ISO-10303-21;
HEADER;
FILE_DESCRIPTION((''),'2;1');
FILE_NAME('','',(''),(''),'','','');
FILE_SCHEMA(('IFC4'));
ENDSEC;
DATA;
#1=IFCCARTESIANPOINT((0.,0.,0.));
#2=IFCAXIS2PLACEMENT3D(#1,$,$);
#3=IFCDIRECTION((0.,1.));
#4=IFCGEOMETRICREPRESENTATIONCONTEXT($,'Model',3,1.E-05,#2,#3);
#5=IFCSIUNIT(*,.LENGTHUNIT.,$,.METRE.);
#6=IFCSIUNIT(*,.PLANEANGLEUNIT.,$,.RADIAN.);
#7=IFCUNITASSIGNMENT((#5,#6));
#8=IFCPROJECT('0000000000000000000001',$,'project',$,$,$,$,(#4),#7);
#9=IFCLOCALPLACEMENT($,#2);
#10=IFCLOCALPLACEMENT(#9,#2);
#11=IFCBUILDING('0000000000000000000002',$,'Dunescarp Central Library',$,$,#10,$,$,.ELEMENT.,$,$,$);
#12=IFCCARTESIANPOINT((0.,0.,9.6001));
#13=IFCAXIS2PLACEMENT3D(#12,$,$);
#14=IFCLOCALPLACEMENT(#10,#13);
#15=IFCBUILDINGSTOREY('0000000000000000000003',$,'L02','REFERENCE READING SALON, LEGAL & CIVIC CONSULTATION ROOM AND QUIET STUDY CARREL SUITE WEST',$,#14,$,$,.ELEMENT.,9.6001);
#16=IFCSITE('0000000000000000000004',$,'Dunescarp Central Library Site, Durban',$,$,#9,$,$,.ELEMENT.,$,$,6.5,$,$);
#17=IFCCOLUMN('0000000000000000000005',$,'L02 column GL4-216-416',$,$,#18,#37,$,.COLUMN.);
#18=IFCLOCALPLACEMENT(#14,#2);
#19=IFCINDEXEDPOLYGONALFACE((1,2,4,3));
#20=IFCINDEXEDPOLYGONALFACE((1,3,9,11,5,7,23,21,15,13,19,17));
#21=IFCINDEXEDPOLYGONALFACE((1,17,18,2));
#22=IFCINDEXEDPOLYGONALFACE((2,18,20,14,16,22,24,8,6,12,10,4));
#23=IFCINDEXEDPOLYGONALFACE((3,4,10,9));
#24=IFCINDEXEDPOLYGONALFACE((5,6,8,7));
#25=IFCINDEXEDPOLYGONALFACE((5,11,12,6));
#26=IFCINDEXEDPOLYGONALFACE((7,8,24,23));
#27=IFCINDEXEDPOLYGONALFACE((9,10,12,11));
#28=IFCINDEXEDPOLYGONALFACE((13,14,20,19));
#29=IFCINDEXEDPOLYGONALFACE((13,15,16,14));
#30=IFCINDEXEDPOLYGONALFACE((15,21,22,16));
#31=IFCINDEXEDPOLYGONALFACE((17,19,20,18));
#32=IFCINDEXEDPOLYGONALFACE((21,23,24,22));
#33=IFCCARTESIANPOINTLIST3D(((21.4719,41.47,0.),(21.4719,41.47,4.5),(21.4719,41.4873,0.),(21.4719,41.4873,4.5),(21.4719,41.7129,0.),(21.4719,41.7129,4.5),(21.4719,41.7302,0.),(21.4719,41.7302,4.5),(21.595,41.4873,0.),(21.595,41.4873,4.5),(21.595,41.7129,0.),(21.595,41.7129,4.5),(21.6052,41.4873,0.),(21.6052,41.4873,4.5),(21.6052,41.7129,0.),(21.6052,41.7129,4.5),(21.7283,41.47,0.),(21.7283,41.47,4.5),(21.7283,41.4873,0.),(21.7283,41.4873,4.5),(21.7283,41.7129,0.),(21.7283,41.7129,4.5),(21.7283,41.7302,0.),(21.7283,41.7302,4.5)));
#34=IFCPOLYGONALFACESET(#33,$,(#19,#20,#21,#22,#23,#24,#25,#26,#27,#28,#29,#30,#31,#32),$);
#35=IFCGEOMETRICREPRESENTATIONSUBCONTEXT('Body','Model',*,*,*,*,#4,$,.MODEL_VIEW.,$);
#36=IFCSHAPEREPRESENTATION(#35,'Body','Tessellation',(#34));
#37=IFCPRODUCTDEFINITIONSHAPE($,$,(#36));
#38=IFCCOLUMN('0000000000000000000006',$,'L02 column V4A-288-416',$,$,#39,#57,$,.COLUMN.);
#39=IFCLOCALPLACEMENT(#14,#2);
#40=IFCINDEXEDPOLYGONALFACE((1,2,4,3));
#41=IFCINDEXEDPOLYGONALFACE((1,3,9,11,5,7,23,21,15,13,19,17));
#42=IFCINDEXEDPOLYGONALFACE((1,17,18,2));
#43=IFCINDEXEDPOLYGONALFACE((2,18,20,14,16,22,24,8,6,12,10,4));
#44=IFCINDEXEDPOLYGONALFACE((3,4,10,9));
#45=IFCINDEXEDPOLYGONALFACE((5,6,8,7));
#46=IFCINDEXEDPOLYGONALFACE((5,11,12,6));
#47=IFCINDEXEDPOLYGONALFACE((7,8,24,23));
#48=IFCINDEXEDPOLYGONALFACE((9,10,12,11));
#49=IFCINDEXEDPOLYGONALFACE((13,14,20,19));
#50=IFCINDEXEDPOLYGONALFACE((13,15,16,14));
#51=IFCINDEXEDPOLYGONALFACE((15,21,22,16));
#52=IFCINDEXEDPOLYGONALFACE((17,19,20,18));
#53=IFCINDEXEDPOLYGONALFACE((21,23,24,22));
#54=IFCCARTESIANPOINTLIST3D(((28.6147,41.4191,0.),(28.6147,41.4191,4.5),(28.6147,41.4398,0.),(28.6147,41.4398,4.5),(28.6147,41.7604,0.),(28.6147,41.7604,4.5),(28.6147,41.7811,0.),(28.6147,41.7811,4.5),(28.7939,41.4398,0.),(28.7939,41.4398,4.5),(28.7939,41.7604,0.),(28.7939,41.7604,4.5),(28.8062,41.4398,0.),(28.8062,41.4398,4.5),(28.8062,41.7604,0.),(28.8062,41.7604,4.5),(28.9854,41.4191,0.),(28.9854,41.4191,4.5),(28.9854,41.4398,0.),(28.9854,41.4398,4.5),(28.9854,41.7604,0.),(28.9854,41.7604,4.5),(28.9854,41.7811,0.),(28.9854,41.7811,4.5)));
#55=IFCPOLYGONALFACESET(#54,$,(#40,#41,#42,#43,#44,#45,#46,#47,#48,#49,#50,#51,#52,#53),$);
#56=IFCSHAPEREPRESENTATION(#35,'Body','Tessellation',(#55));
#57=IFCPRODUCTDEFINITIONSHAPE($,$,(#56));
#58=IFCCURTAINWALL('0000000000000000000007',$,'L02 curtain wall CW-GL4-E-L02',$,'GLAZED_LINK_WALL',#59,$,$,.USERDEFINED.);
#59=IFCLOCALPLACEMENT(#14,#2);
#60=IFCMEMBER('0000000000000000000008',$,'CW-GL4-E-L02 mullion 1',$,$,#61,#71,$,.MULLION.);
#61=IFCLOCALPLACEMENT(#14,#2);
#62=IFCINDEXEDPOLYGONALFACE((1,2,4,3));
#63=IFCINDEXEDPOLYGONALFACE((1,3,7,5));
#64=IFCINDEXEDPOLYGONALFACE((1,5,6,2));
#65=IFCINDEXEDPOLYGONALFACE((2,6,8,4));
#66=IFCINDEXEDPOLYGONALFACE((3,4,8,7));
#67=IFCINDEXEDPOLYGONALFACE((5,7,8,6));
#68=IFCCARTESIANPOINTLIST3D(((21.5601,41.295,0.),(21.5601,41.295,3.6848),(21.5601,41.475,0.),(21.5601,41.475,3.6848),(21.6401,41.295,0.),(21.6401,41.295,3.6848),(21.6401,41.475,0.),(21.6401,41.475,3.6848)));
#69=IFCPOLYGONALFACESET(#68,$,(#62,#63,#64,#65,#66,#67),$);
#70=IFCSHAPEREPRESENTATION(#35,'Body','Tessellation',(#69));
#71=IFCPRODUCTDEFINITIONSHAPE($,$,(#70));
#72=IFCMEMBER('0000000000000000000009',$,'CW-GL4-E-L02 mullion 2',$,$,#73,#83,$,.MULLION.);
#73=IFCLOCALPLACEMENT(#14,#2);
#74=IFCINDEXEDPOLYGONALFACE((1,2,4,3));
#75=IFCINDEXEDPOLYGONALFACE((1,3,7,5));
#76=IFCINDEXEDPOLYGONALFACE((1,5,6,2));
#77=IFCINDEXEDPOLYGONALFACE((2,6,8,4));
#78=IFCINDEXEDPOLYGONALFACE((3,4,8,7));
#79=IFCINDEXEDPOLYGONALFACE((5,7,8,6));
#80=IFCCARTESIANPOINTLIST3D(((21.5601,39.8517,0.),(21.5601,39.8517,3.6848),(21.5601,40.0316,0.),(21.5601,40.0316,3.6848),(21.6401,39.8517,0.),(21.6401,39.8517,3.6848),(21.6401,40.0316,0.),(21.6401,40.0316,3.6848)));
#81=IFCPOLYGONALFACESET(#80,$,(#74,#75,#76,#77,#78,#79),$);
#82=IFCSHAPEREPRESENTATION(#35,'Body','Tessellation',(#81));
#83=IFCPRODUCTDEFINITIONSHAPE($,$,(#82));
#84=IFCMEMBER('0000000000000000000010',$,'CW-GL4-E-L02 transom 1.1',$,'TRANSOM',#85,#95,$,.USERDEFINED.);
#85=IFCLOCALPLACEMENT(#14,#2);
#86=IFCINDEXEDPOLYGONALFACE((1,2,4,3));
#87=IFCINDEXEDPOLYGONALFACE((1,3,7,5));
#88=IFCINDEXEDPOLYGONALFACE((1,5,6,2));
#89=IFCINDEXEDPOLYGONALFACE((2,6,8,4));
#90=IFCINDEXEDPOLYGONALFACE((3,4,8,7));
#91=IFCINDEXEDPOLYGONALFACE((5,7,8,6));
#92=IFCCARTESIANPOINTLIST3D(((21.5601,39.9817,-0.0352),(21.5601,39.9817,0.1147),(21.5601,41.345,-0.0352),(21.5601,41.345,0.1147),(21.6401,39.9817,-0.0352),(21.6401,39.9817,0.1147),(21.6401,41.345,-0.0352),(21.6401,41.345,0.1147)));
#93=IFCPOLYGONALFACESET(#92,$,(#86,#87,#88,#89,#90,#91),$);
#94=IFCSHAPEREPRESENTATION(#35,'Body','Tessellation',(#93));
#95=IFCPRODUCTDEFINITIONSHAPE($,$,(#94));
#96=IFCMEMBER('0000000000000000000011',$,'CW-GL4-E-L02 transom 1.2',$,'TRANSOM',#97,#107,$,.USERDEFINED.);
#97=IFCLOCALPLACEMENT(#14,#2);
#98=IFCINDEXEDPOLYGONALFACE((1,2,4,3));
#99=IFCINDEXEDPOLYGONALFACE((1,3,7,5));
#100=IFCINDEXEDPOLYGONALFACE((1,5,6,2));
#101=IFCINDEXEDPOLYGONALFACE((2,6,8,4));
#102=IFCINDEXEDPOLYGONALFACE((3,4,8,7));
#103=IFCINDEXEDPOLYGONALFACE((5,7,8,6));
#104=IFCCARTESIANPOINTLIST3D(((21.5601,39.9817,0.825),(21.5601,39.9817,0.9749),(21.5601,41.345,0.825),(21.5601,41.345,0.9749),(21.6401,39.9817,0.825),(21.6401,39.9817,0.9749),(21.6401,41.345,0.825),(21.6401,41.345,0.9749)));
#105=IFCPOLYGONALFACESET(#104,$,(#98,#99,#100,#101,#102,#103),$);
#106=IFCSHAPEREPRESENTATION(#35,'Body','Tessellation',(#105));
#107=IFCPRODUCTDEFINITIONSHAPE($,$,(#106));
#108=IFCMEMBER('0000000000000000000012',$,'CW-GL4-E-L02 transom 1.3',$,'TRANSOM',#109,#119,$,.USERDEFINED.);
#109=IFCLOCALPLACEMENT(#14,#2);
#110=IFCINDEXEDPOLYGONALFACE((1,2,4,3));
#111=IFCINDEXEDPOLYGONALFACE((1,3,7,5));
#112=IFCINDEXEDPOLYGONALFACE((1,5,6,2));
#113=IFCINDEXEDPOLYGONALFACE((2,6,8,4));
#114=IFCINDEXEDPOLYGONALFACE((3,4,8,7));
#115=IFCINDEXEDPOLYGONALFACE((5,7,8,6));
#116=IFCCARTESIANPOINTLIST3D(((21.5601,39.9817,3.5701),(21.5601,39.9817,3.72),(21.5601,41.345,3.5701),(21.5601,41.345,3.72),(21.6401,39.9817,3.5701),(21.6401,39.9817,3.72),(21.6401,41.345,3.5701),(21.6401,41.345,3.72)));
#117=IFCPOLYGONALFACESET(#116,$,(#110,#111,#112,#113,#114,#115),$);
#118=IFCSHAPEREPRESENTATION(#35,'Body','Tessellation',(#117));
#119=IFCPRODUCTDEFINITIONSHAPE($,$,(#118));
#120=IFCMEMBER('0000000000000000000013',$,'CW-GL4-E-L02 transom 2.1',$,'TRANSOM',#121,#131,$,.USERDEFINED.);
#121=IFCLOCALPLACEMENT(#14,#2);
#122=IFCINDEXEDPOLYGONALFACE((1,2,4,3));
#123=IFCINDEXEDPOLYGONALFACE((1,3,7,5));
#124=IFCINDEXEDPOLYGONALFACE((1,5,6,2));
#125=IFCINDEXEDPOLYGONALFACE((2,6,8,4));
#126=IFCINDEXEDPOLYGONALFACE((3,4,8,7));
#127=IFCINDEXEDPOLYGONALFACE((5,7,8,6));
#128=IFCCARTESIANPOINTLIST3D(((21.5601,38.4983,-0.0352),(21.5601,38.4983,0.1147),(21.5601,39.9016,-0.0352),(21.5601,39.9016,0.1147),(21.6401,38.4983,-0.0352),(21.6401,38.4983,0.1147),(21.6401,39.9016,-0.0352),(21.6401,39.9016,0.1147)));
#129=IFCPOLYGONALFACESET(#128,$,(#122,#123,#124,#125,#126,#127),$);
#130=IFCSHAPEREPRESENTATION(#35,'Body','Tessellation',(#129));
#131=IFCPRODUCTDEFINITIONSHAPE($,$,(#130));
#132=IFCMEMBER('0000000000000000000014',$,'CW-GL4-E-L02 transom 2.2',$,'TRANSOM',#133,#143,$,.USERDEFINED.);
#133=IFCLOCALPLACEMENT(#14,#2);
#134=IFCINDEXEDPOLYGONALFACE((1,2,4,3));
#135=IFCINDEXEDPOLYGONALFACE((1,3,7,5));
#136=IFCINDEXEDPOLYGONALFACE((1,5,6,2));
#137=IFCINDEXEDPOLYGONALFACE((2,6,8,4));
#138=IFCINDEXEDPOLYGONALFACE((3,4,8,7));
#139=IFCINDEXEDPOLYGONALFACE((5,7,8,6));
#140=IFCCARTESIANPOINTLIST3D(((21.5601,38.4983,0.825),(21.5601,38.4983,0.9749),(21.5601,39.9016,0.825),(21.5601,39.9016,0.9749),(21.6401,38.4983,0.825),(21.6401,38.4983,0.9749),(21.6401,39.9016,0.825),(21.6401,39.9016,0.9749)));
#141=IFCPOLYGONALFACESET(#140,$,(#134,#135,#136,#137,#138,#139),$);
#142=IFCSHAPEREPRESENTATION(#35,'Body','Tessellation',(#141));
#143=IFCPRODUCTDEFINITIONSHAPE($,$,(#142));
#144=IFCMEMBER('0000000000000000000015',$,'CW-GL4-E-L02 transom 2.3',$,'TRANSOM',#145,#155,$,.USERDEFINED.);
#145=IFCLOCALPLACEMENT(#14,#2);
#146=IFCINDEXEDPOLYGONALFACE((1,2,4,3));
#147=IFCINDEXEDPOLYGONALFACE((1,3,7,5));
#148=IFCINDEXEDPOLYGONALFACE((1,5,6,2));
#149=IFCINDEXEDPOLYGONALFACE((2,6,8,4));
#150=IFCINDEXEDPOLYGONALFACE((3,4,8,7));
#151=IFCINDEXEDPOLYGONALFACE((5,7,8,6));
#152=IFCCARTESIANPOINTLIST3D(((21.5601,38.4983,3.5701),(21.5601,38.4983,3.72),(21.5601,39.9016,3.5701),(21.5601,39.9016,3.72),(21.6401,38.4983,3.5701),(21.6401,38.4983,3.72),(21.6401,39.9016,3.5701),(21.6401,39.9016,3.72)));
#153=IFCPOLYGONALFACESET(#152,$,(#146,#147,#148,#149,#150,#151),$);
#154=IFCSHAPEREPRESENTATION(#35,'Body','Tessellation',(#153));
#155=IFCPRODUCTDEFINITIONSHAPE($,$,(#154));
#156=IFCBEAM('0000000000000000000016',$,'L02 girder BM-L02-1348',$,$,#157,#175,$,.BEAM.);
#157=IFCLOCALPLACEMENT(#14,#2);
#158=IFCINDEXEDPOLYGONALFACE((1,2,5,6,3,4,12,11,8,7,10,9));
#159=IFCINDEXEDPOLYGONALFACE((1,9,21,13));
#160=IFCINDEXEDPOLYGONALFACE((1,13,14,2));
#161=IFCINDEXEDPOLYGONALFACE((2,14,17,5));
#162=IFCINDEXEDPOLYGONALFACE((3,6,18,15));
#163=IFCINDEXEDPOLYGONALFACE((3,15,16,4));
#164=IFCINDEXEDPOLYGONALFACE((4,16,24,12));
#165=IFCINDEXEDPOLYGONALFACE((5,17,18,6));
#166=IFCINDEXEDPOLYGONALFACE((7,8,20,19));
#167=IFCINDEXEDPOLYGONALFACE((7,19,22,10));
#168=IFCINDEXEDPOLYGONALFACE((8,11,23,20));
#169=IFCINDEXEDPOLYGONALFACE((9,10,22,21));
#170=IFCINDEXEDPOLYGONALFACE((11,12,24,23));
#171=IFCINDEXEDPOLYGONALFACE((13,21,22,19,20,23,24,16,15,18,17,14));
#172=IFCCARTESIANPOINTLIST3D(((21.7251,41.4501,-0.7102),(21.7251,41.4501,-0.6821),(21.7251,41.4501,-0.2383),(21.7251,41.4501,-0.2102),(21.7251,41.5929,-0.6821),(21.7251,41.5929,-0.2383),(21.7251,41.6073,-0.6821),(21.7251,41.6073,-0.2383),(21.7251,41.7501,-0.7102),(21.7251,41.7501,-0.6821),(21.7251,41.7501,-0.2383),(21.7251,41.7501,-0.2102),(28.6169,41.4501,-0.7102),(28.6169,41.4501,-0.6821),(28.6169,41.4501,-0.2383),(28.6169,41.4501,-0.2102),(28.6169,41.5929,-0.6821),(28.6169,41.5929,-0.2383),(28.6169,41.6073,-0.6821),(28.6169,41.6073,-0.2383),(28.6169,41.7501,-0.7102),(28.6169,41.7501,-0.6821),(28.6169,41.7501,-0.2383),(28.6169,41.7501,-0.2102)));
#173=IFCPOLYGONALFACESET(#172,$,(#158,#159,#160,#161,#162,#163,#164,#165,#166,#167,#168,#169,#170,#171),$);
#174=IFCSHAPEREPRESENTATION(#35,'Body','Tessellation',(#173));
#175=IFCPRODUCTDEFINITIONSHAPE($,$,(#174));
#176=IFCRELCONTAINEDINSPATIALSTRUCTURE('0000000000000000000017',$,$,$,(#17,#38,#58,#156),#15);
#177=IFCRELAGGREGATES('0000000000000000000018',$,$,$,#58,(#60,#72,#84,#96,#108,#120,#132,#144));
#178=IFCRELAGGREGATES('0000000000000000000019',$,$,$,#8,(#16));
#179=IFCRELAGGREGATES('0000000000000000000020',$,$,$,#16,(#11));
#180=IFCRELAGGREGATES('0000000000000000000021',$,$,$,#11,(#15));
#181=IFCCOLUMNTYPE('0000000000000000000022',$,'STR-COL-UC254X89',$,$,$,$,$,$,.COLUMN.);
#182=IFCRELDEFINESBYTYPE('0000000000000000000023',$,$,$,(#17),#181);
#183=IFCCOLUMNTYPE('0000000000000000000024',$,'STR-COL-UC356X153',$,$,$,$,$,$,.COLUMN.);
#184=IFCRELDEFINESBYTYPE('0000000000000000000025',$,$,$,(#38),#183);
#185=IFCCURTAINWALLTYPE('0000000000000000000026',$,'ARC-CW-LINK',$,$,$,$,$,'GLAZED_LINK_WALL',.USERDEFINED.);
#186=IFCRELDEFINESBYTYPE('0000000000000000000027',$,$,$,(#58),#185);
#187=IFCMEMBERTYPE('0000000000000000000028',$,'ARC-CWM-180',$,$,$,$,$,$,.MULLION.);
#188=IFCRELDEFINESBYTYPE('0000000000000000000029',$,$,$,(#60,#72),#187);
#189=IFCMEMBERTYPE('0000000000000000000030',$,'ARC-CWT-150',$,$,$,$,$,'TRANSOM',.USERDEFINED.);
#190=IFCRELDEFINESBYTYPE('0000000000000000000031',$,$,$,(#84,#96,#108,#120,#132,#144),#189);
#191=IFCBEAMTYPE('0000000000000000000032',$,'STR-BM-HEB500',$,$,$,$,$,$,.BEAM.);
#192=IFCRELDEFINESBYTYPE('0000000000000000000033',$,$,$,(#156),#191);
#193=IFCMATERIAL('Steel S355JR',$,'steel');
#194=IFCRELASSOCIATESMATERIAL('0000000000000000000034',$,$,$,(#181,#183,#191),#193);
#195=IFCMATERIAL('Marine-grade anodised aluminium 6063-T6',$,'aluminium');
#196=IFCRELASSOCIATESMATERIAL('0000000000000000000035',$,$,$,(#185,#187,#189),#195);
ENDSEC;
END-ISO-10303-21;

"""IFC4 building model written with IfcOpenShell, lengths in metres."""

from ifc_helpers import new_model, si_unit, direction, frame, origin, origin_2d, place, context, subcontext, project, spatial, rectangle, i_section, extrude, material, material_profile, profile_set, type_object, element, aggregate, save


model = new_model("IFC4")

# Units and contexts
model_context = context("Model", 3, precision=1e-05, world=origin(), true_north=direction((0.0, 1.0)))
body_context = subcontext(model_context, "Body", "Model", "MODEL_VIEW")
ifc_project = project(units=[si_unit("LENGTHUNIT", "METRE"), si_unit("PLANEANGLEUNIT", "RADIAN")], contexts=[model_context])

# Site, building, storey
site_placement = place(None, origin())
site = spatial("IfcSite", under=ifc_project, at=site_placement, Name="Dunescarp Central Library Site, Durban", CompositionType="ELEMENT", RefElevation=6.5)
building_placement = place(site_placement, origin())
building = spatial("IfcBuilding", under=site, at=building_placement, Name="Dunescarp Central Library", CompositionType="ELEMENT")
storey_placement = place(building_placement, frame((0.0, 0.0, 9.6001)))
storey = spatial("IfcBuildingStorey", under=building, at=storey_placement, Name="L02", Description="REFERENCE READING SALON, LEGAL & CIVIC CONSULTATION ROOM AND QUIET STUDY CARREL SUITE WEST", CompositionType="ELEMENT", Elevation=9.6001)

# Columns
ifc_material_1 = material(Name="Steel S355JR", Category="steel")
ifc_material_profile_1 = material_profile(ifc_material_1, i_section(OverallWidth=0.2563, OverallDepth=0.2603, WebThickness=0.0103, FlangeThickness=0.0173, at=origin_2d()), Name="UC 254x254x89")
ifc_profile_set_1 = profile_set([ifc_material_profile_1], Name="Steel S355JR")
column_type_1 = type_object("IfcColumnType", Name="STR-COL-UC254X89", PredefinedType="COLUMN", material=ifc_profile_set_1)
column_1_placement = place(storey_placement, frame((21.6001, 41.6001, 0.0), z_axis=(0.0, 0.0, 1.0), x_axis=(1.0, 0.0, 0.0)))
element("IfcColumn", 1, at=column_1_placement, inside=storey, type_object=column_type_1, Name="L02 column GL4-216-416", PredefinedType="COLUMN", context=body_context, shape_type="SweptSolid", body=[
    extrude(i_section(OverallWidth=0.2563, OverallDepth=0.2603, WebThickness=0.0103, FlangeThickness=0.0173, at=origin_2d()), origin(), (0.0, 0.0, 1.0), 4.5),
])
ifc_material_profile_2 = material_profile(ifc_material_1, i_section(OverallWidth=0.3706, OverallDepth=0.3621, WebThickness=0.0122, FlangeThickness=0.0208, at=origin_2d()), Name="UC 356x368x153")
ifc_profile_set_2 = profile_set([ifc_material_profile_2], Name="Steel S355JR")
column_type_2 = type_object("IfcColumnType", Name="STR-COL-UC356X153", PredefinedType="COLUMN", material=ifc_profile_set_2)
column_2_placement = place(storey_placement, frame((28.8, 41.6001, 0.0), z_axis=(0.0, 0.0, 1.0), x_axis=(1.0, 0.0, 0.0)))
element("IfcColumn", 2, at=column_2_placement, inside=storey, type_object=column_type_2, Name="L02 column V4A-288-416", PredefinedType="COLUMN", context=body_context, shape_type="SweptSolid", body=[
    extrude(i_section(OverallWidth=0.3706, OverallDepth=0.3621, WebThickness=0.0122, FlangeThickness=0.0208, at=origin_2d()), origin(), (0.0, 0.0, 1.0), 4.5),
])

# Curtain wall, members
ifc_material_2 = material(Name="Marine-grade anodised aluminium 6063-T6", Category="aluminium")
curtain_wall_type = type_object("IfcCurtainWallType", Name="ARC-CW-LINK", ElementType="GLAZED_LINK_WALL", PredefinedType="USERDEFINED", material=ifc_material_2)
curtain_wall_placement = place(storey_placement, origin())
curtain_wall = element("IfcCurtainWall", 3, at=curtain_wall_placement, inside=storey, type_object=curtain_wall_type, Name="L02 curtain wall CW-GL4-E-L02", ObjectType="GLAZED_LINK_WALL", PredefinedType="USERDEFINED")
ifc_material_profile_3 = material_profile(ifc_material_2, rectangle(XDim=0.0801, YDim=0.1799, at=origin_2d()), Name="AL 80x180")
ifc_profile_set_3 = profile_set([ifc_material_profile_3], Name="Marine-grade anodised aluminium 6063-T6")
member_type_1 = type_object("IfcMemberType", Name="ARC-CWM-180", PredefinedType="MULLION", material=ifc_profile_set_3)
member_1_placement = place(storey_placement, frame((21.6001, 41.385, 0.0), z_axis=(0.0, 0.0, 1.0), x_axis=(1.0, 0.0, 0.0)))
member_1 = element("IfcMember", 4, at=member_1_placement, type_object=member_type_1, Name="CW-GL4-E-L02 mullion 1", PredefinedType="MULLION", context=body_context, shape_type="SweptSolid", body=[
    extrude(rectangle(XDim=0.0801, YDim=0.1799, at=origin_2d()), origin(), (0.0, 0.0, 1.0), 3.6848),
])
member_2_placement = place(storey_placement, frame((21.6001, 39.9417, 0.0), z_axis=(0.0, 0.0, 1.0), x_axis=(1.0, 0.0, 0.0)))
member_2 = element("IfcMember", 5, at=member_2_placement, type_object=member_type_1, Name="CW-GL4-E-L02 mullion 2", PredefinedType="MULLION", context=body_context, shape_type="SweptSolid", body=[
    extrude(rectangle(XDim=0.0801, YDim=0.1799, at=origin_2d()), origin(), (0.0, 0.0, 1.0), 3.6848),
])
ifc_material_profile_4 = material_profile(ifc_material_2, rectangle(XDim=0.0801, YDim=0.1499, at=origin_2d()), Name="AL 80x150")
ifc_profile_set_4 = profile_set([ifc_material_profile_4], Name="Marine-grade anodised aluminium 6063-T6")
member_type_2 = type_object("IfcMemberType", Name="ARC-CWT-150", ElementType="TRANSOM", PredefinedType="USERDEFINED", material=ifc_profile_set_4)
member_3_placement = place(storey_placement, frame((21.6001, 41.345, 0.0398), z_axis=(0.0, -1.0, 0.0), x_axis=(1.0, 0.0, 0.0)))
member_3 = element("IfcMember", 6, at=member_3_placement, type_object=member_type_2, Name="CW-GL4-E-L02 transom 1.1", ObjectType="TRANSOM", PredefinedType="USERDEFINED", context=body_context, shape_type="SweptSolid", body=[
    extrude(rectangle(XDim=0.0801, YDim=0.1499, at=origin_2d()), origin(), (0.0, 0.0, 1.0), 1.3633),
])
member_4_placement = place(storey_placement, frame((21.6001, 41.345, 0.8999), z_axis=(0.0, -1.0, 0.0), x_axis=(1.0, 0.0, 0.0)))
member_4 = element("IfcMember", 7, at=member_4_placement, type_object=member_type_2, Name="CW-GL4-E-L02 transom 1.2", ObjectType="TRANSOM", PredefinedType="USERDEFINED", context=body_context, shape_type="SweptSolid", body=[
    extrude(rectangle(XDim=0.0801, YDim=0.1499, at=origin_2d()), origin(), (0.0, 0.0, 1.0), 1.3633),
])
member_5_placement = place(storey_placement, frame((21.6001, 41.345, 3.645), z_axis=(0.0, -1.0, 0.0), x_axis=(1.0, 0.0, 0.0)))
member_5 = element("IfcMember", 8, at=member_5_placement, type_object=member_type_2, Name="CW-GL4-E-L02 transom 1.3", ObjectType="TRANSOM", PredefinedType="USERDEFINED", context=body_context, shape_type="SweptSolid", body=[
    extrude(rectangle(XDim=0.0801, YDim=0.1499, at=origin_2d()), origin(), (0.0, 0.0, 1.0), 1.3633),
])
member_6_placement = place(storey_placement, frame((21.6001, 39.9016, 0.0398), z_axis=(0.0, -1.0, 0.0), x_axis=(1.0, 0.0, 0.0)))
member_6 = element("IfcMember", 9, at=member_6_placement, type_object=member_type_2, Name="CW-GL4-E-L02 transom 2.1", ObjectType="TRANSOM", PredefinedType="USERDEFINED", context=body_context, shape_type="SweptSolid", body=[
    extrude(rectangle(XDim=0.0801, YDim=0.1499, at=origin_2d()), origin(), (0.0, 0.0, 1.0), 1.4033),
])
member_7_placement = place(storey_placement, frame((21.6001, 39.9016, 0.8999), z_axis=(0.0, -1.0, 0.0), x_axis=(1.0, 0.0, 0.0)))
member_7 = element("IfcMember", 10, at=member_7_placement, type_object=member_type_2, Name="CW-GL4-E-L02 transom 2.2", ObjectType="TRANSOM", PredefinedType="USERDEFINED", context=body_context, shape_type="SweptSolid", body=[
    extrude(rectangle(XDim=0.0801, YDim=0.1499, at=origin_2d()), origin(), (0.0, 0.0, 1.0), 1.4033),
])
member_8_placement = place(storey_placement, frame((21.6001, 39.9016, 3.645), z_axis=(0.0, -1.0, 0.0), x_axis=(1.0, 0.0, 0.0)))
member_8 = element("IfcMember", 11, at=member_8_placement, type_object=member_type_2, Name="CW-GL4-E-L02 transom 2.3", ObjectType="TRANSOM", PredefinedType="USERDEFINED", context=body_context, shape_type="SweptSolid", body=[
    extrude(rectangle(XDim=0.0801, YDim=0.1499, at=origin_2d()), origin(), (0.0, 0.0, 1.0), 1.4033),
])

# Beam
ifc_material_profile_5 = material_profile(ifc_material_1, i_section(OverallWidth=0.3, OverallDepth=0.5, WebThickness=0.0144, FlangeThickness=0.0281, at=origin_2d()), Name="HEB 500")
ifc_profile_set_5 = profile_set([ifc_material_profile_5], Name="Steel S355JR")
beam_type_1 = type_object("IfcBeamType", Name="STR-BM-HEB500", PredefinedType="BEAM", material=ifc_profile_set_5)
beam_1_placement = place(storey_placement, frame((21.7251, 41.6001, -0.4602), z_axis=(1.0, 0.0, 0.0), x_axis=(0.0, 1.0, 0.0)))
element("IfcBeam", 12, at=beam_1_placement, inside=storey, type_object=beam_type_1, Name="L02 girder BM-L02-1348", PredefinedType="BEAM", context=body_context, shape_type="SweptSolid", body=[
    extrude(i_section(OverallWidth=0.3, OverallDepth=0.5, WebThickness=0.0144, FlangeThickness=0.0281, at=origin_2d()), origin(), (0.0, 0.0, 1.0), 6.8918),
])

aggregate(curtain_wall, [member_1, member_2, member_3, member_4, member_5, member_6, member_7, member_8])

save(model, "model.ifc")
